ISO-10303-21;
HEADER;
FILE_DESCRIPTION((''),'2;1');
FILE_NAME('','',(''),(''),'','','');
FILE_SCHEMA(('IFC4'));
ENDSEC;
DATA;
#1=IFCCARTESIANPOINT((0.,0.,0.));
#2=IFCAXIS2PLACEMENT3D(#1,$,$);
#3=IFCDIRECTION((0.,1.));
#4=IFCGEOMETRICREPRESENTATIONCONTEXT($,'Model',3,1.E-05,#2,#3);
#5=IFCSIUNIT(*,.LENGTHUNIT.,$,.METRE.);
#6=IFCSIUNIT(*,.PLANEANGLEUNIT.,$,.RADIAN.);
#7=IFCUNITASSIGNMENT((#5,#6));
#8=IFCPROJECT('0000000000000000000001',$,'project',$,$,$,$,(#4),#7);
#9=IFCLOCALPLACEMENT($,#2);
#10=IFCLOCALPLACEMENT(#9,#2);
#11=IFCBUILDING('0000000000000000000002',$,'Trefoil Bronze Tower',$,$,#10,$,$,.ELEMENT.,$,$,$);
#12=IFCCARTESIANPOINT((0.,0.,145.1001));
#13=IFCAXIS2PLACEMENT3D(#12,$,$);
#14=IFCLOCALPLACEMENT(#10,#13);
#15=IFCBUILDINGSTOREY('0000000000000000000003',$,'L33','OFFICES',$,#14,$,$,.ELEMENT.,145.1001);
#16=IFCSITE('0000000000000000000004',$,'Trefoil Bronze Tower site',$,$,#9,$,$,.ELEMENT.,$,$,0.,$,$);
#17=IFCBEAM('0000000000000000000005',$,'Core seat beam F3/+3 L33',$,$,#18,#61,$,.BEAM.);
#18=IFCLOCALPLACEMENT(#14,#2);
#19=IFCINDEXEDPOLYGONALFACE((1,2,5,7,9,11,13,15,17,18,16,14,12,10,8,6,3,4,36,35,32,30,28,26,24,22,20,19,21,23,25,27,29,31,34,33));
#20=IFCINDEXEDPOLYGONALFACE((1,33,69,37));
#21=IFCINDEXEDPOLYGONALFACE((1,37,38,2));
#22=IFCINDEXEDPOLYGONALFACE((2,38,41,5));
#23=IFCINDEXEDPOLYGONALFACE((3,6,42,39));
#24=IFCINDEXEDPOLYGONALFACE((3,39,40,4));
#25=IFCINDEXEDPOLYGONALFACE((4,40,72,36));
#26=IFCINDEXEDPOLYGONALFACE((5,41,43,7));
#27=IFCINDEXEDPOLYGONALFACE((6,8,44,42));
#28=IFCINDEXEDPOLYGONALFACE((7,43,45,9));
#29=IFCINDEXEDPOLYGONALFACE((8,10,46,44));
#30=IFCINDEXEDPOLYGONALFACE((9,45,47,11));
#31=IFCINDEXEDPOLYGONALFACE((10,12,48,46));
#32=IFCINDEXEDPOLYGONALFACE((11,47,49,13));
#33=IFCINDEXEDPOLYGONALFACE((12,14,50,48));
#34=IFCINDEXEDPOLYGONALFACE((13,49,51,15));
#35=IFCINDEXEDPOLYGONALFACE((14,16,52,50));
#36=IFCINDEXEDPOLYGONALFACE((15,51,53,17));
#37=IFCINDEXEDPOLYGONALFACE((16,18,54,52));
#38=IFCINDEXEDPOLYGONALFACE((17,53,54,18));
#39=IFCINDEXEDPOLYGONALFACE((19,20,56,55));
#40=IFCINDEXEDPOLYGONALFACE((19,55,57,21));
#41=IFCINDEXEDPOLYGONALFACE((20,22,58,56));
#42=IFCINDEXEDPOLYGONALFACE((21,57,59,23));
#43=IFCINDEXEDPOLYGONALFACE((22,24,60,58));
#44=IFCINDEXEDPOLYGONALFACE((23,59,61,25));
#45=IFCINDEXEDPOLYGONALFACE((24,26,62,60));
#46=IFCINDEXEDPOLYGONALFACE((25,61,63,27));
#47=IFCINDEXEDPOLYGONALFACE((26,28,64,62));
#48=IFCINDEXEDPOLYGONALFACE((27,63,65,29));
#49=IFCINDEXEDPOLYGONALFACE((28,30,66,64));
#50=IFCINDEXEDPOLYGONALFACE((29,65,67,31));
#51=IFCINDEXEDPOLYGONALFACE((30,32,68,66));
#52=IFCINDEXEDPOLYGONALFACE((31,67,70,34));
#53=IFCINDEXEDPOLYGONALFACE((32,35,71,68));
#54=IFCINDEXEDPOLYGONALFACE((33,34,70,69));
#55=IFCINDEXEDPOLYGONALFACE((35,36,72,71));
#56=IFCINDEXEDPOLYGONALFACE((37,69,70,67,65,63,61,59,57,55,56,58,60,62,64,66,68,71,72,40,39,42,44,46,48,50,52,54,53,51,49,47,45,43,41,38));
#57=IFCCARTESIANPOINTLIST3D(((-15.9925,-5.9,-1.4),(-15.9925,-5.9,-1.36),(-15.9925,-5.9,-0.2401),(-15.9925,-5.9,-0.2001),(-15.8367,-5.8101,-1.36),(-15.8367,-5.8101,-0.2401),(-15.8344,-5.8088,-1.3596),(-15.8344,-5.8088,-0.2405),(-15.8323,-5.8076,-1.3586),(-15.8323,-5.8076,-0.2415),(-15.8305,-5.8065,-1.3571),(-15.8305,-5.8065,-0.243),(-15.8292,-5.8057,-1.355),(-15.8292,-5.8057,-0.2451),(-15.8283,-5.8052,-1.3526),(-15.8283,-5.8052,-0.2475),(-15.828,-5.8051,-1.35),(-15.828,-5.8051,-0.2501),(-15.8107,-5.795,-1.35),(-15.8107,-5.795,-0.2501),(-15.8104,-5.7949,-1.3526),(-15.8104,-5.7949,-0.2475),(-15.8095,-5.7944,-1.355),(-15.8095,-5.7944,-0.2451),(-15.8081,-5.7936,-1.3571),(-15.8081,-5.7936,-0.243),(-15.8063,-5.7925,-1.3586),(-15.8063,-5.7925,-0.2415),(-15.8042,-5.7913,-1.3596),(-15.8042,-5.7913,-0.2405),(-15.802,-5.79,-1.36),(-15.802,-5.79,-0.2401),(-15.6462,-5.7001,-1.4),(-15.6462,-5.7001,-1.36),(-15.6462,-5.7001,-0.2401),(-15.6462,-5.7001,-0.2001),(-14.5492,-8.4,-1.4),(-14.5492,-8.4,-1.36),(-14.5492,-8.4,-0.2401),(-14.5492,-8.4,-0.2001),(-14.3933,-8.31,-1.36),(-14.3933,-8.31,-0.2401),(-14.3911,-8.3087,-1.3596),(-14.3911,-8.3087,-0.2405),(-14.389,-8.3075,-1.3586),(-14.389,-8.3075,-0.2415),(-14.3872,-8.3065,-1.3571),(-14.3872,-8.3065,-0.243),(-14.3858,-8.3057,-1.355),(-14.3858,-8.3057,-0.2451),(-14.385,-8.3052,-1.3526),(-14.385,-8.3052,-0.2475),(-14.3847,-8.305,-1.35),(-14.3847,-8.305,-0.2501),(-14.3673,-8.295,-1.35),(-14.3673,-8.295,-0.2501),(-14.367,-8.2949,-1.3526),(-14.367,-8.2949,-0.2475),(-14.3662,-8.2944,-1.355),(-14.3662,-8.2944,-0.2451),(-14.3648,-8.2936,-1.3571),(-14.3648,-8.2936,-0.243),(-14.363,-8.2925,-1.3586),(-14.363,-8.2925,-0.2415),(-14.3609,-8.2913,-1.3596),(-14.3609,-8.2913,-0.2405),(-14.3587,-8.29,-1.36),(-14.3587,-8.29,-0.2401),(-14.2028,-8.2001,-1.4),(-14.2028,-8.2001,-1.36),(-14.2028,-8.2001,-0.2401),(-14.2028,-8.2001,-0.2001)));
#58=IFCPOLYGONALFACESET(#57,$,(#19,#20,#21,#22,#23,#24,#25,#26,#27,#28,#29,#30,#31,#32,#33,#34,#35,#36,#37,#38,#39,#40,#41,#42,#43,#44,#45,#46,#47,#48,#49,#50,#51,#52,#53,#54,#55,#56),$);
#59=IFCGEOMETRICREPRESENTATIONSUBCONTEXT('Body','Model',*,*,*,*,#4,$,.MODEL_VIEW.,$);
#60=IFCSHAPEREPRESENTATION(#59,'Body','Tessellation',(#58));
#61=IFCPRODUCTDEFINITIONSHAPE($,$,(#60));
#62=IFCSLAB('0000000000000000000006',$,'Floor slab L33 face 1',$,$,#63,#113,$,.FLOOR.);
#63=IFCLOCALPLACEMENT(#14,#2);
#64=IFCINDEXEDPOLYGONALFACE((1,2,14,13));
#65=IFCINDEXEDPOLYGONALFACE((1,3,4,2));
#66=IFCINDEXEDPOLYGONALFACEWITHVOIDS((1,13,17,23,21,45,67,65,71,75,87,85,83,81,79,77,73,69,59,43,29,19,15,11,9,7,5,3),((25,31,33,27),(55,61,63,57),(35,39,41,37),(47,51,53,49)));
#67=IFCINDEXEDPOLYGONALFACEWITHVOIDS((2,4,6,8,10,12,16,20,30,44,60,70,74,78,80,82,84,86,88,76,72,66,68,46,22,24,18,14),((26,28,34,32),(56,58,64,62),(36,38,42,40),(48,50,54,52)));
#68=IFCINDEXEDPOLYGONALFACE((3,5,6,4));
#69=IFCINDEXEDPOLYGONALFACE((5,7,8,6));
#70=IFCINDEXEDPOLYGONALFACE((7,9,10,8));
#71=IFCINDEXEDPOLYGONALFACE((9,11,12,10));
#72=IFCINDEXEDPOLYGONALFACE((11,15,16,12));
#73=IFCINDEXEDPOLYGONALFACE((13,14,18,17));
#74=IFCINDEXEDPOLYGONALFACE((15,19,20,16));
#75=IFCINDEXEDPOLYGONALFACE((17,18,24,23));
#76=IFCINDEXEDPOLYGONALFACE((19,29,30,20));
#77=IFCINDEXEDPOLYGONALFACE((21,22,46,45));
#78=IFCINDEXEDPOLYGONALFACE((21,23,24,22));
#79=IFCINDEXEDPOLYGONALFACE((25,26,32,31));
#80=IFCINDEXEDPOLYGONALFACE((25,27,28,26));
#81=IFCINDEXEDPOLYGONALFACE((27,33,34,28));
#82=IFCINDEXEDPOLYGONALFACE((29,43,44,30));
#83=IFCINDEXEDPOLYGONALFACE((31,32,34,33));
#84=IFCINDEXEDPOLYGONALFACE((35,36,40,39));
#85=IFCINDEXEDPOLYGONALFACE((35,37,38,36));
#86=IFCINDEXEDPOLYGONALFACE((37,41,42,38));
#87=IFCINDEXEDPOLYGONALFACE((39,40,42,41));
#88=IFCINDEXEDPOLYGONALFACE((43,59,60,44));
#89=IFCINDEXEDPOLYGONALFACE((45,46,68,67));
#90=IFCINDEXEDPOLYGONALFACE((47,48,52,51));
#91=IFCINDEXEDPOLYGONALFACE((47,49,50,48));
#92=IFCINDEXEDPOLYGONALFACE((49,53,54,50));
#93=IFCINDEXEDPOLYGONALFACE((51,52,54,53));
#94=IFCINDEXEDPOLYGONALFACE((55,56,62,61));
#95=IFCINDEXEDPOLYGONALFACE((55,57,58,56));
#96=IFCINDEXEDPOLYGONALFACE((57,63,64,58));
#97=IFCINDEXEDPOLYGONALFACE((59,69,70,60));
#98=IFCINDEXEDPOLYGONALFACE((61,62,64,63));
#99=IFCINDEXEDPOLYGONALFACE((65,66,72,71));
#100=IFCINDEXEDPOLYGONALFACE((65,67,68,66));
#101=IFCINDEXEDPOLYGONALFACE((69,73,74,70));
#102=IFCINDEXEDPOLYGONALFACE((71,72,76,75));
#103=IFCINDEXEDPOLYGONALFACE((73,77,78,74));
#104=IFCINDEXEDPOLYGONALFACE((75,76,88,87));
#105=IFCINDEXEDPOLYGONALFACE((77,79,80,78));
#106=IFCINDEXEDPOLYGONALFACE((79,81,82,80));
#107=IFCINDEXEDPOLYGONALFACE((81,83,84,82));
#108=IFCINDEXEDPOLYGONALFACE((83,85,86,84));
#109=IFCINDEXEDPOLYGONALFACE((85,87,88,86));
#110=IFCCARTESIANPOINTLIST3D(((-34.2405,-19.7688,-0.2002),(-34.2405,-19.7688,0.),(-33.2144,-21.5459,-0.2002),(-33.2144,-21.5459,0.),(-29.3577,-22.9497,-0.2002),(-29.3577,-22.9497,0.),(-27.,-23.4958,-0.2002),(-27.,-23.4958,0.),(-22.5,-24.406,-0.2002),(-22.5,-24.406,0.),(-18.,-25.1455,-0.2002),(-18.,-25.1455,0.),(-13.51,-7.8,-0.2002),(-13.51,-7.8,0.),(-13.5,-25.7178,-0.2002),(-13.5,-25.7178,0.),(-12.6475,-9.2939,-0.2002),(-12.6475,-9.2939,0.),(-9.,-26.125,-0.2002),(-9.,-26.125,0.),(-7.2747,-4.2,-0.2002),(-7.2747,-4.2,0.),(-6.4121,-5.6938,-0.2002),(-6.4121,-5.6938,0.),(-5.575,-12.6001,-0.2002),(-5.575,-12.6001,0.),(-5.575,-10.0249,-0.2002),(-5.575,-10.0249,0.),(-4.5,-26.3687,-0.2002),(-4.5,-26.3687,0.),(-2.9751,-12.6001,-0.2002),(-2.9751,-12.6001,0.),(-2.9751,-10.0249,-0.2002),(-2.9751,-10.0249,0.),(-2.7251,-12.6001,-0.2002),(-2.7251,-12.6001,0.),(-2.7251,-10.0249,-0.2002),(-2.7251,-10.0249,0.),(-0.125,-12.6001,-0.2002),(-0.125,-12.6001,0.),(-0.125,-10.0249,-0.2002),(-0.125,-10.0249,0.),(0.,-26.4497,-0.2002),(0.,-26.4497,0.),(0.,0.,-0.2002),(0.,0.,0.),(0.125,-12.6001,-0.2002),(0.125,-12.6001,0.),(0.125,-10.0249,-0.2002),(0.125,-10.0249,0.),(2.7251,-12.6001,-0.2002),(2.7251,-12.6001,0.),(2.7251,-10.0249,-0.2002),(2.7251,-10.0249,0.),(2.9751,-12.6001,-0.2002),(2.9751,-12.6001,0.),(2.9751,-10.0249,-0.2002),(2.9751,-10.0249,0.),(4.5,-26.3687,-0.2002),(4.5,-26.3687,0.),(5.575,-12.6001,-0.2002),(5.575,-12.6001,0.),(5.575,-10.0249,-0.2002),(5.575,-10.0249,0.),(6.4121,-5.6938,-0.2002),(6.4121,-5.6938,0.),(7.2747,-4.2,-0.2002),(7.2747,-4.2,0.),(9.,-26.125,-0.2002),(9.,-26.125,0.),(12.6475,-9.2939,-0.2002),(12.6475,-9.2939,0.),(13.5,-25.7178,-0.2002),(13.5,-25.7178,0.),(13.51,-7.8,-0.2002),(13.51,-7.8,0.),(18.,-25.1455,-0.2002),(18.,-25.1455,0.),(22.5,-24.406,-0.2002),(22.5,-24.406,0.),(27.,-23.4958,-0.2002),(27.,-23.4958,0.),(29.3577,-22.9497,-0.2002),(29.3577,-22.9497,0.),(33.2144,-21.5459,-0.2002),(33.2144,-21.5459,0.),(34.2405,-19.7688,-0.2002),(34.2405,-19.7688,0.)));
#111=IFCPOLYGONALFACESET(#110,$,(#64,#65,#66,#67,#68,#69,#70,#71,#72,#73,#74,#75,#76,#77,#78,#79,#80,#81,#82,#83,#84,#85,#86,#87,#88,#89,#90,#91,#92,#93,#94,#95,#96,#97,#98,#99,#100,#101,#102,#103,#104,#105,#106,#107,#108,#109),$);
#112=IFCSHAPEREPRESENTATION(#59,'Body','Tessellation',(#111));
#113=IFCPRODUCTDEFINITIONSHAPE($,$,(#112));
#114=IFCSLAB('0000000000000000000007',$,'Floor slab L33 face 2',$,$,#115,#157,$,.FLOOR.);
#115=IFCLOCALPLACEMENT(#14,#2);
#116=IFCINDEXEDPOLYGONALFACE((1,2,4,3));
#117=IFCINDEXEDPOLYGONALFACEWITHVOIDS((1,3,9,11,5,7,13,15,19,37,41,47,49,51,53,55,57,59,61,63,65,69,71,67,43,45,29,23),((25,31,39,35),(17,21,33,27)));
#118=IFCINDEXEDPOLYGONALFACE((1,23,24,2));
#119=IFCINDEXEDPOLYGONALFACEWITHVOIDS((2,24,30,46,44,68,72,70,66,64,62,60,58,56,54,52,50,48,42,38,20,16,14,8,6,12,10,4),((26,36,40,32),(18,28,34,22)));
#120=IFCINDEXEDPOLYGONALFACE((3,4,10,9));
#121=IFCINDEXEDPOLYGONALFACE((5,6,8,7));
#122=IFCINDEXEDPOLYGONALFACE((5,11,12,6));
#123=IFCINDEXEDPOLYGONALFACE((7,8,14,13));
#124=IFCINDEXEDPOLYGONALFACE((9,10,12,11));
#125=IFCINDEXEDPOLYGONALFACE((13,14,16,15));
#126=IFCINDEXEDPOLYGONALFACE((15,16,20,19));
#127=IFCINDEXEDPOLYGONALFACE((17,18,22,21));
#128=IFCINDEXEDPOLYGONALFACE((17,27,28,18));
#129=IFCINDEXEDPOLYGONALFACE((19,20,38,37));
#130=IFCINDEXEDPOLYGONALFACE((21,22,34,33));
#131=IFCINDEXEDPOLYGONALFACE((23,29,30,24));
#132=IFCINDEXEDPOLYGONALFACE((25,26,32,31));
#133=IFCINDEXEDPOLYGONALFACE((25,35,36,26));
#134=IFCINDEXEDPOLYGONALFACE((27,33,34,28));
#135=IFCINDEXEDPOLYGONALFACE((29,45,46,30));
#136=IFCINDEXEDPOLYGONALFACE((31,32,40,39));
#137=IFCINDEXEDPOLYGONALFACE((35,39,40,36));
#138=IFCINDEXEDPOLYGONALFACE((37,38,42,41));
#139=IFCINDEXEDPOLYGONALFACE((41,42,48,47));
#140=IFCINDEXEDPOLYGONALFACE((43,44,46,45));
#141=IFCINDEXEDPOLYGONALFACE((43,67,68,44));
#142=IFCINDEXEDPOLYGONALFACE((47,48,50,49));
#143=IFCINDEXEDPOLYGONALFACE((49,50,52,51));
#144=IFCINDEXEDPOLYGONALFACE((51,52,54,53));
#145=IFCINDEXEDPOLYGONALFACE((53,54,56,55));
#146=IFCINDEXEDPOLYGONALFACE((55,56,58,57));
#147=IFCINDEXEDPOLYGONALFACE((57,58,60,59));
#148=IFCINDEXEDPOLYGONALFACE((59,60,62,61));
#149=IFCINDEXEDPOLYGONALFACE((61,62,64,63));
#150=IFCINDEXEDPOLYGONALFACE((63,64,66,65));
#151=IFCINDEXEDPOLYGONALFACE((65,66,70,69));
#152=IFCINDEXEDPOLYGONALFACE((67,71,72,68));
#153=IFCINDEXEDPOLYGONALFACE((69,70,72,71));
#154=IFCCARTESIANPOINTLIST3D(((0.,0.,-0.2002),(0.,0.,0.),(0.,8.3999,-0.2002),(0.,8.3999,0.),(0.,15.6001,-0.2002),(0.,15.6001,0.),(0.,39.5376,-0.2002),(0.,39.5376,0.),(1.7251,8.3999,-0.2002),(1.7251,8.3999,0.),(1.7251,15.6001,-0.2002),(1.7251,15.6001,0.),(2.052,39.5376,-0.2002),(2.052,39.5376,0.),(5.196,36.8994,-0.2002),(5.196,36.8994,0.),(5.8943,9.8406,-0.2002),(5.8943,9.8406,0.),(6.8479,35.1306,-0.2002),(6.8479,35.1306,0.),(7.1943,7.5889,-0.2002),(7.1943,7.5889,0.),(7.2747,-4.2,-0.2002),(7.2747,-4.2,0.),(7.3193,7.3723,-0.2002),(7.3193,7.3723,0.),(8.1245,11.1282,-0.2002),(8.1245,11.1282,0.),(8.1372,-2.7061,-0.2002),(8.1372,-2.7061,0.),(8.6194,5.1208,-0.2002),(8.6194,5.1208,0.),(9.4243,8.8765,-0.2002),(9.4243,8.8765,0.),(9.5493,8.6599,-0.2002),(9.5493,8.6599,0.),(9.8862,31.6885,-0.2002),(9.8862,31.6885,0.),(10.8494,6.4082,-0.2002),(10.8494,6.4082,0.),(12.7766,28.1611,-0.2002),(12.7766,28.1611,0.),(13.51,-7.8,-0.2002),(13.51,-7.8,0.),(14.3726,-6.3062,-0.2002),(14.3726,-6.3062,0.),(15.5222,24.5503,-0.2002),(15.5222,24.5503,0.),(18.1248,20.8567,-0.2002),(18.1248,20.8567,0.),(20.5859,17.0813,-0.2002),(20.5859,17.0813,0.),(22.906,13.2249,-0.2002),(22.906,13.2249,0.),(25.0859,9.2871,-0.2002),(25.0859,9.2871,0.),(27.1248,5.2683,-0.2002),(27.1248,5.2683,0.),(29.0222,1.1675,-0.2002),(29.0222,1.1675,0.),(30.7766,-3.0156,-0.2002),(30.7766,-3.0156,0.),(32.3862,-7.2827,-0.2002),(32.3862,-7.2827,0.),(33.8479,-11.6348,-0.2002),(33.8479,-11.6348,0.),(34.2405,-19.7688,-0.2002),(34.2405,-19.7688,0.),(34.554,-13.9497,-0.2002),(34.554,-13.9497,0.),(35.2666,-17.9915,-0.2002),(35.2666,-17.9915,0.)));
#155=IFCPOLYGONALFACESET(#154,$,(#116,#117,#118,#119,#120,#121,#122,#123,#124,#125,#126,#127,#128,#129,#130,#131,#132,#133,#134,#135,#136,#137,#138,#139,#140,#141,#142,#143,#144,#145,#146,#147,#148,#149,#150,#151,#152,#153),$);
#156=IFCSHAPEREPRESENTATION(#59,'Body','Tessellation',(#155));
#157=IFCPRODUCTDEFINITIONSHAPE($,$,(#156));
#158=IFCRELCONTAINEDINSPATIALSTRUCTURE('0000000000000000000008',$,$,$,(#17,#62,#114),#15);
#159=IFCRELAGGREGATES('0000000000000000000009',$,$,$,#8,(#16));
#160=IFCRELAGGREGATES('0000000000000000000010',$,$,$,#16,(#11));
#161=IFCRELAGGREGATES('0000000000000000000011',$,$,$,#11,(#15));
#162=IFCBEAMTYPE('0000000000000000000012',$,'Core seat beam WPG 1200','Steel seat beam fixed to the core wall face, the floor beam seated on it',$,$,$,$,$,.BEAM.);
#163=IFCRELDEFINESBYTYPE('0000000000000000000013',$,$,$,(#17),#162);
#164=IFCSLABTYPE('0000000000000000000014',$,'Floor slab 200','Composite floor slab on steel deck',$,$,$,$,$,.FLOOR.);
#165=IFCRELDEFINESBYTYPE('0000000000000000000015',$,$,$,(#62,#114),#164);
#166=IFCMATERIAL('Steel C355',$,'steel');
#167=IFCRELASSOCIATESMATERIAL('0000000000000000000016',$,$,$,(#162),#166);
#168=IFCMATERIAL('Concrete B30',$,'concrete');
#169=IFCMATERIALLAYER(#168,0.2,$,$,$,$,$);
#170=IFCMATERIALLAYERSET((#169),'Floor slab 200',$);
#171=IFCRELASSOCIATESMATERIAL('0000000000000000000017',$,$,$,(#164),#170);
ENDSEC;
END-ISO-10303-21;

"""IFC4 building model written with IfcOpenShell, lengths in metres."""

from ifc_helpers import new_model, si_unit, direction, frame, origin, origin_2d, place, context, subcontext, project, spatial, polyline, i_section, outline, extrude, material, layer, layer_set, material_profile, profile_set, type_object, element, save


model = new_model("IFC4")

# Units and contexts
model_context = context("Model", 3, precision=1e-05, world=origin(), true_north=direction((0.0, 1.0)))
body_context = subcontext(model_context, "Body", "Model", "MODEL_VIEW")
ifc_project = project(units=[si_unit("LENGTHUNIT", "METRE"), si_unit("PLANEANGLEUNIT", "RADIAN")], contexts=[model_context])

# Site, building, storey
site_placement = place(None, origin())
site = spatial("IfcSite", under=ifc_project, at=site_placement, Name="Trefoil Bronze Tower site", CompositionType="ELEMENT", RefElevation=0.0)
building_placement = place(site_placement, origin())
building = spatial("IfcBuilding", under=site, at=building_placement, Name="Trefoil Bronze Tower", CompositionType="ELEMENT")
storey_placement = place(building_placement, frame((0.0, 0.0, 145.1001)))
storey = spatial("IfcBuildingStorey", under=building, at=storey_placement, Name="L33", Description="OFFICES", CompositionType="ELEMENT", Elevation=145.1001)

# Beam
ifc_material_1 = material(Name="Steel C355", Category="steel")
ifc_material_profile = material_profile(ifc_material_1, i_section(OverallWidth=0.3999, OverallDepth=1.2, WebThickness=0.02, FlangeThickness=0.04, FilletRadius=0.01, at=origin_2d()), Name="WPG 1200")
ifc_profile_set = profile_set([ifc_material_profile], Name="Steel C355")
beam_type = type_object("IfcBeamType", Name="Core seat beam WPG 1200", Description="Steel seat beam fixed to the core wall face, the floor beam seated on it", PredefinedType="BEAM", material=ifc_profile_set)
beam_placement = place(storey_placement, frame((-15.8193, -5.8, -0.8), z_axis=(0.499996, -0.866028, 0.0), x_axis=(0.866028, 0.499996, 0.0)))
element("IfcBeam", 1, at=beam_placement, inside=storey, type_object=beam_type, Name="Core seat beam F3/+3 L33", PredefinedType="BEAM", context=body_context, shape_type="SweptSolid", body=[
    extrude(i_section(OverallWidth=0.3999, OverallDepth=1.2, WebThickness=0.02, FlangeThickness=0.04, FilletRadius=0.01, at=origin_2d()), origin(), (0.0, 0.0, 1.0), 2.8867),
])

# Slabs
ifc_material_2 = material(Name="Concrete B30", Category="concrete")
ifc_layer_1 = layer(ifc_material_2, 0.2)
ifc_layer_set_1 = layer_set([ifc_layer_1], Name="Floor slab 200")
slab_type = type_object("IfcSlabType", Name="Floor slab 200", Description="Composite floor slab on steel deck", PredefinedType="FLOOR", material=ifc_layer_set_1)
slab_1_placement = place(storey_placement, frame((0.0, 0.0, -0.2002)))
element("IfcSlab", 2, at=slab_1_placement, inside=storey, type_object=slab_type, Name="Floor slab L33 face 1", PredefinedType="FLOOR", context=body_context, shape_type="SweptSolid", body=[
    extrude(outline(polyline([(22.5, -24.406), (18.0, -25.1455), (13.5, -25.7178), (9.0, -26.125), (4.5, -26.3687), (0.0, -26.4497), (-4.5, -26.3687), (-9.0, -26.125), (-13.5, -25.7178), (-18.0, -25.1455), (-22.5, -24.406), (-27.0, -23.4958), (-29.3577, -22.9497), (-33.2144, -21.5459), (-34.2405, -19.7688), (-13.51, -7.8), (-12.6475, -9.2939), (-6.4121, -5.6938), (-7.2747, -4.2), (0.0, 0.0), (7.2747, -4.2), (6.4121, -5.6938), (12.6475, -9.2939), (13.51, -7.8), (34.2405, -19.7688), (33.2144, -21.5459), (29.3577, -22.9497), (27.0, -23.4958), (22.5, -24.406)]), holes=[polyline([(-5.575, -10.0249), (-2.9751, -10.0249), (-2.9751, -12.6001), (-5.575, -12.6001), (-5.575, -10.0249)]), polyline([(-2.7251, -10.0249), (-0.125, -10.0249), (-0.125, -12.6001), (-2.7251, -12.6001), (-2.7251, -10.0249)]), polyline([(0.125, -10.0249), (2.7251, -10.0249), (2.7251, -12.6001), (0.125, -12.6001), (0.125, -10.0249)]), polyline([(2.9751, -10.0249), (5.575, -10.0249), (5.575, -12.6001), (2.9751, -12.6001), (2.9751, -10.0249)])]), origin(), (0.0, 0.0, 1.0), 0.2002),
])
slab_2_placement = place(storey_placement, frame((0.0, 0.0, -0.2002)))
element("IfcSlab", 3, at=slab_2_placement, inside=storey, type_object=slab_type, Name="Floor slab L33 face 2", PredefinedType="FLOOR", context=body_context, shape_type="SweptSolid", body=[
    extrude(outline(polyline([(9.8862, 31.6885), (12.7766, 28.1611), (15.5222, 24.5503), (18.1248, 20.8567), (20.5859, 17.0813), (22.906, 13.2249), (25.0859, 9.2871), (27.1248, 5.2683), (29.0222, 1.1675), (30.7766, -3.0156), (32.3862, -7.2827), (33.8479, -11.6348), (34.554, -13.9497), (35.2666, -17.9915), (34.2405, -19.7688), (13.51, -7.8), (14.3726, -6.3062), (8.1372, -2.7061), (7.2747, -4.2), (0.0, 0.0), (0.0, 8.3999), (1.7251, 8.3999), (1.7251, 15.6001), (0.0, 15.6001), (0.0, 39.5376), (2.052, 39.5376), (5.196, 36.8994), (6.8479, 35.1306), (9.8862, 31.6885)]), holes=[polyline([(8.6194, 5.1208), (7.3193, 7.3723), (9.5493, 8.6599), (10.8494, 6.4082), (8.6194, 5.1208)]), polyline([(7.1943, 7.5889), (5.8943, 9.8406), (8.1245, 11.1282), (9.4243, 8.8765), (7.1943, 7.5889)])]), origin(), (0.0, 0.0, 1.0), 0.2002),
])

save(model, "model.ifc")
